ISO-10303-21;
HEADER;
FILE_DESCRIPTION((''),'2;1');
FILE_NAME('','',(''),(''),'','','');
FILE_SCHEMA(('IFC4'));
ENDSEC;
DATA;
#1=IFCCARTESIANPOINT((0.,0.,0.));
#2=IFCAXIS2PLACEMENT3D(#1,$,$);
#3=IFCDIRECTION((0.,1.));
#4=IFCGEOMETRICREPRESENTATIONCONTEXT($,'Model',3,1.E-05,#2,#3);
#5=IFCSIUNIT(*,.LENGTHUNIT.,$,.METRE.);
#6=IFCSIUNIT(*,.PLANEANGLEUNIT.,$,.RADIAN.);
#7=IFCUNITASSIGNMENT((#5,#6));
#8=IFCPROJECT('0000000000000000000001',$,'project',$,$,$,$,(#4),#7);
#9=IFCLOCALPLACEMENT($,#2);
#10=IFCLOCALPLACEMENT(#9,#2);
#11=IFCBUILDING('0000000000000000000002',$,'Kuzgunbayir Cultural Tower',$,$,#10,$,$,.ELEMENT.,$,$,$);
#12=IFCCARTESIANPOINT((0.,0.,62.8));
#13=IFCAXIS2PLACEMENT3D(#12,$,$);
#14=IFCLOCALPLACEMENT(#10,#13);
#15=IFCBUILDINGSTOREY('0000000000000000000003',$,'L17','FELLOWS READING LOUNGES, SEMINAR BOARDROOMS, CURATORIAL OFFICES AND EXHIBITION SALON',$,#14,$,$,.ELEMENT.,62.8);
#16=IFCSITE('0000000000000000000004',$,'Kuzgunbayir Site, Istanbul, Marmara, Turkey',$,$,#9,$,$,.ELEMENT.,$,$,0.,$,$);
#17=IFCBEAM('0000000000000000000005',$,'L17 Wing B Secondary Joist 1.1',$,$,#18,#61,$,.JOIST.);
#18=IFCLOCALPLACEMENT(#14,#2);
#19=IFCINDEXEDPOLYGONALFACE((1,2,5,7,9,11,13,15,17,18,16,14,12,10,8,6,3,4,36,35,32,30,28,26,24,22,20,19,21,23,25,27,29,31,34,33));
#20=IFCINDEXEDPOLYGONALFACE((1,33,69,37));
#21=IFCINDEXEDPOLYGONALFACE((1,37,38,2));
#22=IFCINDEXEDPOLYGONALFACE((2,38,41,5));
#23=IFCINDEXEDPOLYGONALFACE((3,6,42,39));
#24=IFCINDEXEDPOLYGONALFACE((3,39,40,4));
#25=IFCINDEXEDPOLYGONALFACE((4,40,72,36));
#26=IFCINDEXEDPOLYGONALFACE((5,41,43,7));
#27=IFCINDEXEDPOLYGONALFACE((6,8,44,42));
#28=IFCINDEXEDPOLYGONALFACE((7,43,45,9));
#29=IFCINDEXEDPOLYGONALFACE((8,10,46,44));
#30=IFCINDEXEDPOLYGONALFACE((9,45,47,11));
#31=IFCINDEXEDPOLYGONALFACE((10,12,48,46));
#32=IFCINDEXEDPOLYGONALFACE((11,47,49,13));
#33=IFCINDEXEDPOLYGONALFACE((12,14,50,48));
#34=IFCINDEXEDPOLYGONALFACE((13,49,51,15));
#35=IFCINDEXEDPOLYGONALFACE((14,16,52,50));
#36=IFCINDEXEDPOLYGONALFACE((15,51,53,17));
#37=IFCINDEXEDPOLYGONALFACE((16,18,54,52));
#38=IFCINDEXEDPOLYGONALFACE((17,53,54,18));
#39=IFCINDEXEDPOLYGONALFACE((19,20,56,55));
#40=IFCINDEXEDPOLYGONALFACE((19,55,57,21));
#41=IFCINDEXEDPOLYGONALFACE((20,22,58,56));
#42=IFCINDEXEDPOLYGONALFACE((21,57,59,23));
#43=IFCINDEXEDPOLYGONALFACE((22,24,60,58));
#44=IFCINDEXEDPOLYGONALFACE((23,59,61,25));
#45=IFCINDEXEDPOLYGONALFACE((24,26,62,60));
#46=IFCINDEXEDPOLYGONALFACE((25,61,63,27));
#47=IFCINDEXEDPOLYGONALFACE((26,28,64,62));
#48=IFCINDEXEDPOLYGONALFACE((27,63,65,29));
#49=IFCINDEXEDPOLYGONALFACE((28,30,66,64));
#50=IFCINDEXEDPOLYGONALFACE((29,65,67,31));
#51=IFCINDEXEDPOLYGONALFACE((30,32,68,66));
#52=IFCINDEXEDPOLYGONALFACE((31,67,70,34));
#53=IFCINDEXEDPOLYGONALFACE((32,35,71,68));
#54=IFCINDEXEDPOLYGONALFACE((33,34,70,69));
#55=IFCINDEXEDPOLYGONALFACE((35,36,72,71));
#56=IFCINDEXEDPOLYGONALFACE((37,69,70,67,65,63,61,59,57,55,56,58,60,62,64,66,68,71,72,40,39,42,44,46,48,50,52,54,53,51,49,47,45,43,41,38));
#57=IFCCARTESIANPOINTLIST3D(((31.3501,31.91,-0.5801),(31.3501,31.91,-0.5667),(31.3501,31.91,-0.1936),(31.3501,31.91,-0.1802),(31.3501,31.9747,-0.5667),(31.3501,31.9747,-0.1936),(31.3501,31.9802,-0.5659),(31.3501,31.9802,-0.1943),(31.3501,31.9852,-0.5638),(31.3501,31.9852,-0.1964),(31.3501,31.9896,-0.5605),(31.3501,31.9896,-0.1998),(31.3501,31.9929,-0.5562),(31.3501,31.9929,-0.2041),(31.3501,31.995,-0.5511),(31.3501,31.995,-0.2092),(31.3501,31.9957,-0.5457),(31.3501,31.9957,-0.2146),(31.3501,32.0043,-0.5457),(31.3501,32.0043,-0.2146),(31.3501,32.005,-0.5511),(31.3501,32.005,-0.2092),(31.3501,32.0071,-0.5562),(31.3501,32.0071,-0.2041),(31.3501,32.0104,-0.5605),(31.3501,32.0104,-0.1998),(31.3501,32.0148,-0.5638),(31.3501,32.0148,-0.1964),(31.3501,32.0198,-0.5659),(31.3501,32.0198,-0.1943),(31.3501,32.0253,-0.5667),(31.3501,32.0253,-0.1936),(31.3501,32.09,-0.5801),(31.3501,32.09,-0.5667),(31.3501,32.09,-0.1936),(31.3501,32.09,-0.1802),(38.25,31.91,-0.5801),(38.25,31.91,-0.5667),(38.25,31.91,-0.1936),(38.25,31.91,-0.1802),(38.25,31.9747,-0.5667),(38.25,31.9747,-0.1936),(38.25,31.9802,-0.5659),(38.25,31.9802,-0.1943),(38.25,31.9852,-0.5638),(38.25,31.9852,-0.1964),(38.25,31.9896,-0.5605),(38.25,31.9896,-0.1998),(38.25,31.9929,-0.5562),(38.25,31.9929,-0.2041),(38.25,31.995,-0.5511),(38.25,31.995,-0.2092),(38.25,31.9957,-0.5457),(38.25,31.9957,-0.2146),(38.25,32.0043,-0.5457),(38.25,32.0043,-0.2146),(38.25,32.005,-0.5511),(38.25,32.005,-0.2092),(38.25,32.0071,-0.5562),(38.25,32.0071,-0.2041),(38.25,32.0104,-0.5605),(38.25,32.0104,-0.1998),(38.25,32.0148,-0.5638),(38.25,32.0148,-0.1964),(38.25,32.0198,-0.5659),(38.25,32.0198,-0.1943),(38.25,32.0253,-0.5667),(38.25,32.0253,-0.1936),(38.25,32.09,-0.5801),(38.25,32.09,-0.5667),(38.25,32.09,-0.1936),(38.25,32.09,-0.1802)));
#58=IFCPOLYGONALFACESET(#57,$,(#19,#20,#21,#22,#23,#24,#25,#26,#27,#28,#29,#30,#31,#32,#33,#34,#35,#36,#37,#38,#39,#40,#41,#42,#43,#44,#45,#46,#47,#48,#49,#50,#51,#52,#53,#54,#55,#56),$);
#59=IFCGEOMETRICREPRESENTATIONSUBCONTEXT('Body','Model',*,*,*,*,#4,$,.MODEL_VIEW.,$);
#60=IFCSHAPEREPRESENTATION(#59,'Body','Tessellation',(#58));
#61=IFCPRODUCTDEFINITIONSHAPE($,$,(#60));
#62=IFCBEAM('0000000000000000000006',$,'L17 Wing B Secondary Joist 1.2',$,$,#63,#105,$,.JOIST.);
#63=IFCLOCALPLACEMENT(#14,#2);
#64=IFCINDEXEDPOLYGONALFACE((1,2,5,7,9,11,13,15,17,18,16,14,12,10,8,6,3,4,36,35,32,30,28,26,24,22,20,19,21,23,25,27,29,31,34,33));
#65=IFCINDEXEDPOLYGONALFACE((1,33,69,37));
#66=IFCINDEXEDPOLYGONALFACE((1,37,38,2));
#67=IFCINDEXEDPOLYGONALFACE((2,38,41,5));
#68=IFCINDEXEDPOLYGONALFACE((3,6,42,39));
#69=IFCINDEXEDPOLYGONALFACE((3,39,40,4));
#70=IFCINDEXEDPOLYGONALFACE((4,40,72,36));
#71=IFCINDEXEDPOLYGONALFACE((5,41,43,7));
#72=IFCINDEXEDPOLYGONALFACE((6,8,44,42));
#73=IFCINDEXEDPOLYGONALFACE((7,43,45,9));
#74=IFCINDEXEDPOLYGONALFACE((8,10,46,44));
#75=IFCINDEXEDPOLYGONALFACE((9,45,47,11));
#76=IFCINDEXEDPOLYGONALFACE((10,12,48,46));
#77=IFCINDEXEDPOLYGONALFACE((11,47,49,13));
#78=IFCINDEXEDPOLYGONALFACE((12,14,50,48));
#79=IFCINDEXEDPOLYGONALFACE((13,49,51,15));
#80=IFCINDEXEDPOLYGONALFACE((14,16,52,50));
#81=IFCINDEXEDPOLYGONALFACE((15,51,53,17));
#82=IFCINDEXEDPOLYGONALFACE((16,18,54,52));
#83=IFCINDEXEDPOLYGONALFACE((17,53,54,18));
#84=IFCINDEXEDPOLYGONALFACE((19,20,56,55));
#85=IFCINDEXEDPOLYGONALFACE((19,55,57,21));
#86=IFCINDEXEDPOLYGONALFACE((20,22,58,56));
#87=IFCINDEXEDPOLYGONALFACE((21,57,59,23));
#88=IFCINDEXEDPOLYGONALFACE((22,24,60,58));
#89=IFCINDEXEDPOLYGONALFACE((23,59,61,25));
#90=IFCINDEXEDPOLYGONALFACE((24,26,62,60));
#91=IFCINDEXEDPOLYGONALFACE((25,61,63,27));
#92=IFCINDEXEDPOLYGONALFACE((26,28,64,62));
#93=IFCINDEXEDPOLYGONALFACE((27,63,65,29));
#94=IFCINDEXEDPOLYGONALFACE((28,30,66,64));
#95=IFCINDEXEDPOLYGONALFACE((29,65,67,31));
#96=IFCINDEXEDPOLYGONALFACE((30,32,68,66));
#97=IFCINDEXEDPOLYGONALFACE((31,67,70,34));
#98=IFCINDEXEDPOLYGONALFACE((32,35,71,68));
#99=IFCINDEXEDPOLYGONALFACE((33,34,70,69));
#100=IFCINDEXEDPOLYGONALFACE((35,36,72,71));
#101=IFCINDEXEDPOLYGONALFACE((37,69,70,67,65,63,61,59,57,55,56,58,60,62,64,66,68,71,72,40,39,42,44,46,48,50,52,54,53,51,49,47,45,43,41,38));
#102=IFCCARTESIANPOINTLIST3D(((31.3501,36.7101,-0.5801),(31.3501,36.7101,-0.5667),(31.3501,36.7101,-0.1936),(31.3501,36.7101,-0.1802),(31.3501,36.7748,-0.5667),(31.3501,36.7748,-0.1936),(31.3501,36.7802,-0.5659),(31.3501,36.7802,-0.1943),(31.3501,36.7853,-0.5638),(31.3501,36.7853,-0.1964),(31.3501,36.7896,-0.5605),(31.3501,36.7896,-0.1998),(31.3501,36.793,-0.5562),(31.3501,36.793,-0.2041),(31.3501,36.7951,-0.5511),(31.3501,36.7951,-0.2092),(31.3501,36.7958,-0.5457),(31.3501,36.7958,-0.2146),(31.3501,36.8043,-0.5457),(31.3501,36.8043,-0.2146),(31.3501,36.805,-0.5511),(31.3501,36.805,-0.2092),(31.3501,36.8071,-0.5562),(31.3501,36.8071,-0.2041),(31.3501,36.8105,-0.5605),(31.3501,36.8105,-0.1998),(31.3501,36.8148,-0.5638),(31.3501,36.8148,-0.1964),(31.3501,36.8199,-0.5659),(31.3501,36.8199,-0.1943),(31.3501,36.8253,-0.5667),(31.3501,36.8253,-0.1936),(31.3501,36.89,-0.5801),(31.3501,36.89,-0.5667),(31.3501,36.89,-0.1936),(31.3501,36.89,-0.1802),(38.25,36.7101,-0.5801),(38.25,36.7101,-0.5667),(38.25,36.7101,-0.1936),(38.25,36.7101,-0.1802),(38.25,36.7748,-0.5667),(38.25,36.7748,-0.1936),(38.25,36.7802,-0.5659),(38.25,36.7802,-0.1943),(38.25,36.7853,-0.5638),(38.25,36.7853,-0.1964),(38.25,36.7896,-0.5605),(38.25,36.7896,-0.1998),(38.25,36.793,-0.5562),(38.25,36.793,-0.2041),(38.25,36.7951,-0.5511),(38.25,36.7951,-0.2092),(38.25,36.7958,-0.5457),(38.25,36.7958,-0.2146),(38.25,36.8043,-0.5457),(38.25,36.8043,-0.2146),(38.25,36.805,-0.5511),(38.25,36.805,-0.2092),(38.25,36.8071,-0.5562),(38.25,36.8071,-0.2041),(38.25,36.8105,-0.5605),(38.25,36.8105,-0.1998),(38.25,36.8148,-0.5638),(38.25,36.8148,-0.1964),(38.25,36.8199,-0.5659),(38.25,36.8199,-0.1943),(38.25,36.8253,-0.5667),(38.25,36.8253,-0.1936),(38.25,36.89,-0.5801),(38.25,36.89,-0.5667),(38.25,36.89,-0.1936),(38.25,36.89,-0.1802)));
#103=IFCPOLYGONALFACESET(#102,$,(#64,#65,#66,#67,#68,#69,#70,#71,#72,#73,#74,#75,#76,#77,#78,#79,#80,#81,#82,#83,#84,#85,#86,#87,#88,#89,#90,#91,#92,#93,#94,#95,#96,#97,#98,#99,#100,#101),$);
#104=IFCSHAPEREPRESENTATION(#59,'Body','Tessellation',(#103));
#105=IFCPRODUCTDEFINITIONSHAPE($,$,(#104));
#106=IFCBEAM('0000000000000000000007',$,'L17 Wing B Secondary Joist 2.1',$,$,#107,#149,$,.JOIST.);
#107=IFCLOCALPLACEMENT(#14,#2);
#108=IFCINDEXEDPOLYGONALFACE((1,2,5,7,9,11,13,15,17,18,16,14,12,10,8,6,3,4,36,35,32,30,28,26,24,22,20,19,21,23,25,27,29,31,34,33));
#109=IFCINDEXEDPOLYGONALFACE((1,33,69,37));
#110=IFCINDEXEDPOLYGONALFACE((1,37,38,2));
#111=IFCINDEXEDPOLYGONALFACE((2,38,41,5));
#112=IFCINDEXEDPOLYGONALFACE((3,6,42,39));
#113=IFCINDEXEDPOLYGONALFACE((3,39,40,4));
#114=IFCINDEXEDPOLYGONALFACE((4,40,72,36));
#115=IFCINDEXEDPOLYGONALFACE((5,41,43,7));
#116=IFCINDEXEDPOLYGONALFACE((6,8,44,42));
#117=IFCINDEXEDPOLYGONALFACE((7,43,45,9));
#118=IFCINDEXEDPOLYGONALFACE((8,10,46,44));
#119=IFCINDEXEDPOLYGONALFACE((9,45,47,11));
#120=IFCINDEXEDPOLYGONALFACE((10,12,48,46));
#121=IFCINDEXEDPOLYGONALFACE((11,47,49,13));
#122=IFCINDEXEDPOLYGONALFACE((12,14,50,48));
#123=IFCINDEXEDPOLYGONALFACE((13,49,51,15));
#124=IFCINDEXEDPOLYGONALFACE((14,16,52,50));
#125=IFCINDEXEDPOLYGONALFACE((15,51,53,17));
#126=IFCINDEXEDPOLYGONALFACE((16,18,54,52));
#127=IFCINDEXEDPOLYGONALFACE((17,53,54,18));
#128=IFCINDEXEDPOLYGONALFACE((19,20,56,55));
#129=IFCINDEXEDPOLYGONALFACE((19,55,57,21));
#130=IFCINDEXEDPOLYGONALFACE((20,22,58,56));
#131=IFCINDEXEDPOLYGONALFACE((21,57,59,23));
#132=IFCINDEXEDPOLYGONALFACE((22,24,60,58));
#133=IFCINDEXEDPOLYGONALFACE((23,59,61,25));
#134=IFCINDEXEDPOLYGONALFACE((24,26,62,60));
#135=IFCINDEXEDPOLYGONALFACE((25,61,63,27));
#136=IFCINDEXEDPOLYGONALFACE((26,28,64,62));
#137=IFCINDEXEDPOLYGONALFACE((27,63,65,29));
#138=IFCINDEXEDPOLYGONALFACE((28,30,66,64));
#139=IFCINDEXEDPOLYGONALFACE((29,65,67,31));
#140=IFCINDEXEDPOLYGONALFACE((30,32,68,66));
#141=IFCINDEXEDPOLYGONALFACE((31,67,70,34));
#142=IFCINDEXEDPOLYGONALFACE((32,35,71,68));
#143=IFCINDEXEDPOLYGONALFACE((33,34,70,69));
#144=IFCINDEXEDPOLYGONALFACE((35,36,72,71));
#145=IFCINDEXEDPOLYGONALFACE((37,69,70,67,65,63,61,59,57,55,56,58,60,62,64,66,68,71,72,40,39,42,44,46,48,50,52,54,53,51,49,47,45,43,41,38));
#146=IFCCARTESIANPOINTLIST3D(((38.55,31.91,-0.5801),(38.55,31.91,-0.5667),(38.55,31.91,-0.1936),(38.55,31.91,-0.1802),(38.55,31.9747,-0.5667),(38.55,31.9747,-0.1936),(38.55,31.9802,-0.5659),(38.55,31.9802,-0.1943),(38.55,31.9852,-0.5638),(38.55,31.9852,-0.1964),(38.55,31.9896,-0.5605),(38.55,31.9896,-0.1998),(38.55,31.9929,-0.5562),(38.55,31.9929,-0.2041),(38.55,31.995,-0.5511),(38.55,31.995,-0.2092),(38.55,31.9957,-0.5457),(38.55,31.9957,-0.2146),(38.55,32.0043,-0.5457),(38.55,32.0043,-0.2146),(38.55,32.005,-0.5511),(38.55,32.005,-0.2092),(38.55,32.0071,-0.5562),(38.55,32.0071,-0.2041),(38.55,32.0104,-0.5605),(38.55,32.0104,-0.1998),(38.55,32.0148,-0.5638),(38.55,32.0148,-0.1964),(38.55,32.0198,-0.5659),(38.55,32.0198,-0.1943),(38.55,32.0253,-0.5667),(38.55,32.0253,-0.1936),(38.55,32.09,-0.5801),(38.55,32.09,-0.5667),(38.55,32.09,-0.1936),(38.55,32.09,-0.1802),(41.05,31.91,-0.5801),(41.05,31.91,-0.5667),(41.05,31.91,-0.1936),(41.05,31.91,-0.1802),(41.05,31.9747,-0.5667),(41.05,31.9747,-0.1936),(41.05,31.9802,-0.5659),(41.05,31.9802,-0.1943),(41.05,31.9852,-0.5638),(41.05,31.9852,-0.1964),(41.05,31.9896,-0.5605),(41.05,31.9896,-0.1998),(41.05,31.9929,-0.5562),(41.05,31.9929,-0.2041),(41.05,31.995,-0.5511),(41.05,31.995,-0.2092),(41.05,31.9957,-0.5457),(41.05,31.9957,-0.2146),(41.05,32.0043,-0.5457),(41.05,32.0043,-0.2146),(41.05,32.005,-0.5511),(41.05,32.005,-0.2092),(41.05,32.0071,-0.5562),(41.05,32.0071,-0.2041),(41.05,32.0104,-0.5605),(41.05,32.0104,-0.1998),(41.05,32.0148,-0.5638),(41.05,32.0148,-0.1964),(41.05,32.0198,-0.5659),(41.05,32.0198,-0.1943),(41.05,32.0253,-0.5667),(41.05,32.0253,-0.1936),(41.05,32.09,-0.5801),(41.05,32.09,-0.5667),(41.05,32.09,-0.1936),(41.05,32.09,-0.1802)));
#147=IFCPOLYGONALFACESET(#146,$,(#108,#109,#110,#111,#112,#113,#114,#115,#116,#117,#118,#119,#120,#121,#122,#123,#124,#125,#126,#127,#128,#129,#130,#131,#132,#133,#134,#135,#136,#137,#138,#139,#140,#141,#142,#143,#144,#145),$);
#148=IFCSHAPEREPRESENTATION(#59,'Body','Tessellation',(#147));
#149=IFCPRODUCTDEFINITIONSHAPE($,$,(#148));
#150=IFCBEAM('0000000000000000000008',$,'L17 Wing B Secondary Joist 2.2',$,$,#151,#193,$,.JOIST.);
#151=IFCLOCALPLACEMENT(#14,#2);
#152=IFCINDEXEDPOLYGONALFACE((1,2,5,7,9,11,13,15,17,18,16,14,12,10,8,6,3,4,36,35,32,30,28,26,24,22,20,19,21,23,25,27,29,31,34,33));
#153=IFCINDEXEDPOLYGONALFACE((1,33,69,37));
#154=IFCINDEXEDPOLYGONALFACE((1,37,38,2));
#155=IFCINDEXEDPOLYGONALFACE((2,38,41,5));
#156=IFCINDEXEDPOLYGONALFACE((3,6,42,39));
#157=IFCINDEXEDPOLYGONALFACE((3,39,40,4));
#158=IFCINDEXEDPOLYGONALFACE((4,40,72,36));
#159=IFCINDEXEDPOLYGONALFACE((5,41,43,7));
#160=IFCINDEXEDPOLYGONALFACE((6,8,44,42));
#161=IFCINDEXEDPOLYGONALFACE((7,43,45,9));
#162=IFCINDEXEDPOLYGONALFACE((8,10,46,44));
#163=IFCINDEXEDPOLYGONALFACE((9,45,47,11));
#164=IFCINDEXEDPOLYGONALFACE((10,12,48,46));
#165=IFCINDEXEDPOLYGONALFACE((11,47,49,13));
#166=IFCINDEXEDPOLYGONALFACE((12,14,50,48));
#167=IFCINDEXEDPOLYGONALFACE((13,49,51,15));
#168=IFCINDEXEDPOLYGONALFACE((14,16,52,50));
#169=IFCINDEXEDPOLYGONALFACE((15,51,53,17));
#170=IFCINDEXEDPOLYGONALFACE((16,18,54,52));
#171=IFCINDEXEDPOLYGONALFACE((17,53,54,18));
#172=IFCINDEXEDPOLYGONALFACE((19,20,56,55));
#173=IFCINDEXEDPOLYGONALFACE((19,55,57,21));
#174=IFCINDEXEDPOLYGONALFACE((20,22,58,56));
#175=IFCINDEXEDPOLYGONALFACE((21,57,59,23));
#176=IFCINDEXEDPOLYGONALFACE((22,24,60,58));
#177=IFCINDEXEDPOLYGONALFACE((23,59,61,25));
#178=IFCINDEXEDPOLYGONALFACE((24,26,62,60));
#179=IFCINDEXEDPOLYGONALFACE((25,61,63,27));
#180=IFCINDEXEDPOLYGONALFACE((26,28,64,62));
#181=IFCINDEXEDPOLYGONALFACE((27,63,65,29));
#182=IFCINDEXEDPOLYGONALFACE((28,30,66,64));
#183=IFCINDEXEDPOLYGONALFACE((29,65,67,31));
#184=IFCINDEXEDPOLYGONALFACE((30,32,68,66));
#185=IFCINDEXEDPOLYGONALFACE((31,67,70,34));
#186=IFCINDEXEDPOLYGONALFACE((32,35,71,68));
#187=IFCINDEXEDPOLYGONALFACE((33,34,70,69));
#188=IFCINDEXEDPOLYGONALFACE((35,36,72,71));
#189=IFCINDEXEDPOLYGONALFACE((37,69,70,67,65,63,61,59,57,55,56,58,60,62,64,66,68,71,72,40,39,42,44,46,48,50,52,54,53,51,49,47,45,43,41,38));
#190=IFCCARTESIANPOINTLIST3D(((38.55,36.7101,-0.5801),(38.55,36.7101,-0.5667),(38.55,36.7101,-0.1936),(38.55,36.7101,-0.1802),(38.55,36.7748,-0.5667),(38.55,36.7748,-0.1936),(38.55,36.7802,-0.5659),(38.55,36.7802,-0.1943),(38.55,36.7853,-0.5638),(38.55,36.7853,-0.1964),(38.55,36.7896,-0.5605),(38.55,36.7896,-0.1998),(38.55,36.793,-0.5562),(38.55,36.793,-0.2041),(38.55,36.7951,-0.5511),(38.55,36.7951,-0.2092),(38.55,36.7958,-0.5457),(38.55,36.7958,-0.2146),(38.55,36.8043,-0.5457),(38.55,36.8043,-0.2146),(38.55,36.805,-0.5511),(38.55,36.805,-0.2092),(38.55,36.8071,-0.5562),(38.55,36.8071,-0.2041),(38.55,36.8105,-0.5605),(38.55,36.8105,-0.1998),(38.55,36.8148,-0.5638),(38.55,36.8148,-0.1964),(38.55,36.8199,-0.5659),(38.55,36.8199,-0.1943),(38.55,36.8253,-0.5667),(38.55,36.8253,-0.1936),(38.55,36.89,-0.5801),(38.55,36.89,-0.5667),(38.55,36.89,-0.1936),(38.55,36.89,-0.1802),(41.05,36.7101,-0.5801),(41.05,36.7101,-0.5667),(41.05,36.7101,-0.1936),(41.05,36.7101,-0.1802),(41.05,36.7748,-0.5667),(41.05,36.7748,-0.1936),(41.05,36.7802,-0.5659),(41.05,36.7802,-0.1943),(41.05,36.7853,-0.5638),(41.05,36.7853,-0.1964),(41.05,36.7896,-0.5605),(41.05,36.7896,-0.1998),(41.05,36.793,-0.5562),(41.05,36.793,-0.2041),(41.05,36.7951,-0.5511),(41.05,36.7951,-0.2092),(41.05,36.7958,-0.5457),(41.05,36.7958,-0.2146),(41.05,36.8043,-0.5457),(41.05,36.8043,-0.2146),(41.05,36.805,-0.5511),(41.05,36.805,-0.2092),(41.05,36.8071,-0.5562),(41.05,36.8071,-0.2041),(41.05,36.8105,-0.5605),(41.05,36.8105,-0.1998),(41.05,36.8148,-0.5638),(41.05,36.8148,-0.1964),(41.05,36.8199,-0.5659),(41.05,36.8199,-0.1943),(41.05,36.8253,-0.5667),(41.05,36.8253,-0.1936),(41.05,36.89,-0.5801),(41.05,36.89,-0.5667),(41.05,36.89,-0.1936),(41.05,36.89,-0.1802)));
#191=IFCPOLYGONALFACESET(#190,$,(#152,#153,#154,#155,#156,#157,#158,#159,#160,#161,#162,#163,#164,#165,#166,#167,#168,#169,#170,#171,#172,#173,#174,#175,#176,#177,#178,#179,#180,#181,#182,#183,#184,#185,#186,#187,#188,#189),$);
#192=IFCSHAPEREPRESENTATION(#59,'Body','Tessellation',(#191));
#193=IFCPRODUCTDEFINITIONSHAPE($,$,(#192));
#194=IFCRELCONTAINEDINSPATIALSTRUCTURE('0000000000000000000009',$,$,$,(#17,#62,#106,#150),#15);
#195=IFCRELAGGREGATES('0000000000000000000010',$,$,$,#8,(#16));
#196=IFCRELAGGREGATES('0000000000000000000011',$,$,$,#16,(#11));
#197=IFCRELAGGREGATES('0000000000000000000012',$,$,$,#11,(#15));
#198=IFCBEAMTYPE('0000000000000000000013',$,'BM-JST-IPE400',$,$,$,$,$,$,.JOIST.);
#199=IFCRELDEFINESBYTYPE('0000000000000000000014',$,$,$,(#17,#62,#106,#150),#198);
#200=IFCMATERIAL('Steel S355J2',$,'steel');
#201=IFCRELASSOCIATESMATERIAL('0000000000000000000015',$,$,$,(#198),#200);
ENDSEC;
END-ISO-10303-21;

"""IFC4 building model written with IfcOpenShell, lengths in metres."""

from ifc_helpers import new_model, si_unit, direction, frame, origin, origin_2d, place, context, subcontext, project, spatial, i_section, extrude, material, material_profile, profile_set, type_object, element, save


model = new_model("IFC4")

# Units and contexts
model_context = context("Model", 3, precision=1e-05, world=origin(), true_north=direction((0.0, 1.0)))
body_context = subcontext(model_context, "Body", "Model", "MODEL_VIEW")
ifc_project = project(units=[si_unit("LENGTHUNIT", "METRE"), si_unit("PLANEANGLEUNIT", "RADIAN")], contexts=[model_context])

# Site, building, storey
site_placement = place(None, origin())
site = spatial("IfcSite", under=ifc_project, at=site_placement, Name="Kuzgunbayir Site, Istanbul, Marmara, Turkey", CompositionType="ELEMENT", RefElevation=0.0)
building_placement = place(site_placement, origin())
building = spatial("IfcBuilding", under=site, at=building_placement, Name="Kuzgunbayir Cultural Tower", CompositionType="ELEMENT")
storey_placement = place(building_placement, frame((0.0, 0.0, 62.8)))
storey = spatial("IfcBuildingStorey", under=building, at=storey_placement, Name="L17", Description="FELLOWS READING LOUNGES, SEMINAR BOARDROOMS, CURATORIAL OFFICES AND EXHIBITION SALON", CompositionType="ELEMENT", Elevation=62.8)

# Beams
ifc_material_1 = material(Name="Steel S355J2", Category="steel")
ifc_material_profile_1 = material_profile(ifc_material_1, i_section(OverallWidth=0.1799, OverallDepth=0.3999, WebThickness=0.0085, FlangeThickness=0.0134, FilletRadius=0.021, at=origin_2d()), Name="IPE 400")
ifc_profile_set_1 = profile_set([ifc_material_profile_1], Name="Steel S355J2")
beam_type_1 = type_object("IfcBeamType", Name="BM-JST-IPE400", PredefinedType="JOIST", material=ifc_profile_set_1)
for number, where, z_axis, x_axis, name in (
    (1, (31.3501, 32.0, -0.3801), (1.0, 0.0, 0.0), (0.0, 1.0, 0.0), "L17 Wing B Secondary Joist 1.1"),
    (2, (31.3501, 36.8, -0.3801), (1.0, 0.0, 0.0), (0.0, 1.0, 0.0), "L17 Wing B Secondary Joist 1.2"),
):
    element("IfcBeam", number, at=place(storey_placement, frame(where, z_axis=z_axis, x_axis=x_axis)), inside=storey, type_object=beam_type_1, Name=name, PredefinedType="JOIST", context=body_context, shape_type="SweptSolid", body=[
        extrude(i_section(OverallWidth=0.1799, OverallDepth=0.3999, WebThickness=0.0085, FlangeThickness=0.0134, FilletRadius=0.021, at=origin_2d()), origin(), (0.0, 0.0, 1.0), 6.8999),
    ])
for number, where, z_axis, x_axis, name in (
    (3, (38.55, 32.0, -0.3801), (1.0, 0.0, 0.0), (0.0, 1.0, 0.0), "L17 Wing B Secondary Joist 2.1"),
    (4, (38.55, 36.8, -0.3801), (1.0, 0.0, 0.0), (0.0, 1.0, 0.0), "L17 Wing B Secondary Joist 2.2"),
):
    element("IfcBeam", number, at=place(storey_placement, frame(where, z_axis=z_axis, x_axis=x_axis)), inside=storey, type_object=beam_type_1, Name=name, PredefinedType="JOIST", context=body_context, shape_type="SweptSolid", body=[
        extrude(i_section(OverallWidth=0.1799, OverallDepth=0.3999, WebThickness=0.0085, FlangeThickness=0.0134, FilletRadius=0.021, at=origin_2d()), origin(), (0.0, 0.0, 1.0), 2.5),
    ])

save(model, "model.ifc")
